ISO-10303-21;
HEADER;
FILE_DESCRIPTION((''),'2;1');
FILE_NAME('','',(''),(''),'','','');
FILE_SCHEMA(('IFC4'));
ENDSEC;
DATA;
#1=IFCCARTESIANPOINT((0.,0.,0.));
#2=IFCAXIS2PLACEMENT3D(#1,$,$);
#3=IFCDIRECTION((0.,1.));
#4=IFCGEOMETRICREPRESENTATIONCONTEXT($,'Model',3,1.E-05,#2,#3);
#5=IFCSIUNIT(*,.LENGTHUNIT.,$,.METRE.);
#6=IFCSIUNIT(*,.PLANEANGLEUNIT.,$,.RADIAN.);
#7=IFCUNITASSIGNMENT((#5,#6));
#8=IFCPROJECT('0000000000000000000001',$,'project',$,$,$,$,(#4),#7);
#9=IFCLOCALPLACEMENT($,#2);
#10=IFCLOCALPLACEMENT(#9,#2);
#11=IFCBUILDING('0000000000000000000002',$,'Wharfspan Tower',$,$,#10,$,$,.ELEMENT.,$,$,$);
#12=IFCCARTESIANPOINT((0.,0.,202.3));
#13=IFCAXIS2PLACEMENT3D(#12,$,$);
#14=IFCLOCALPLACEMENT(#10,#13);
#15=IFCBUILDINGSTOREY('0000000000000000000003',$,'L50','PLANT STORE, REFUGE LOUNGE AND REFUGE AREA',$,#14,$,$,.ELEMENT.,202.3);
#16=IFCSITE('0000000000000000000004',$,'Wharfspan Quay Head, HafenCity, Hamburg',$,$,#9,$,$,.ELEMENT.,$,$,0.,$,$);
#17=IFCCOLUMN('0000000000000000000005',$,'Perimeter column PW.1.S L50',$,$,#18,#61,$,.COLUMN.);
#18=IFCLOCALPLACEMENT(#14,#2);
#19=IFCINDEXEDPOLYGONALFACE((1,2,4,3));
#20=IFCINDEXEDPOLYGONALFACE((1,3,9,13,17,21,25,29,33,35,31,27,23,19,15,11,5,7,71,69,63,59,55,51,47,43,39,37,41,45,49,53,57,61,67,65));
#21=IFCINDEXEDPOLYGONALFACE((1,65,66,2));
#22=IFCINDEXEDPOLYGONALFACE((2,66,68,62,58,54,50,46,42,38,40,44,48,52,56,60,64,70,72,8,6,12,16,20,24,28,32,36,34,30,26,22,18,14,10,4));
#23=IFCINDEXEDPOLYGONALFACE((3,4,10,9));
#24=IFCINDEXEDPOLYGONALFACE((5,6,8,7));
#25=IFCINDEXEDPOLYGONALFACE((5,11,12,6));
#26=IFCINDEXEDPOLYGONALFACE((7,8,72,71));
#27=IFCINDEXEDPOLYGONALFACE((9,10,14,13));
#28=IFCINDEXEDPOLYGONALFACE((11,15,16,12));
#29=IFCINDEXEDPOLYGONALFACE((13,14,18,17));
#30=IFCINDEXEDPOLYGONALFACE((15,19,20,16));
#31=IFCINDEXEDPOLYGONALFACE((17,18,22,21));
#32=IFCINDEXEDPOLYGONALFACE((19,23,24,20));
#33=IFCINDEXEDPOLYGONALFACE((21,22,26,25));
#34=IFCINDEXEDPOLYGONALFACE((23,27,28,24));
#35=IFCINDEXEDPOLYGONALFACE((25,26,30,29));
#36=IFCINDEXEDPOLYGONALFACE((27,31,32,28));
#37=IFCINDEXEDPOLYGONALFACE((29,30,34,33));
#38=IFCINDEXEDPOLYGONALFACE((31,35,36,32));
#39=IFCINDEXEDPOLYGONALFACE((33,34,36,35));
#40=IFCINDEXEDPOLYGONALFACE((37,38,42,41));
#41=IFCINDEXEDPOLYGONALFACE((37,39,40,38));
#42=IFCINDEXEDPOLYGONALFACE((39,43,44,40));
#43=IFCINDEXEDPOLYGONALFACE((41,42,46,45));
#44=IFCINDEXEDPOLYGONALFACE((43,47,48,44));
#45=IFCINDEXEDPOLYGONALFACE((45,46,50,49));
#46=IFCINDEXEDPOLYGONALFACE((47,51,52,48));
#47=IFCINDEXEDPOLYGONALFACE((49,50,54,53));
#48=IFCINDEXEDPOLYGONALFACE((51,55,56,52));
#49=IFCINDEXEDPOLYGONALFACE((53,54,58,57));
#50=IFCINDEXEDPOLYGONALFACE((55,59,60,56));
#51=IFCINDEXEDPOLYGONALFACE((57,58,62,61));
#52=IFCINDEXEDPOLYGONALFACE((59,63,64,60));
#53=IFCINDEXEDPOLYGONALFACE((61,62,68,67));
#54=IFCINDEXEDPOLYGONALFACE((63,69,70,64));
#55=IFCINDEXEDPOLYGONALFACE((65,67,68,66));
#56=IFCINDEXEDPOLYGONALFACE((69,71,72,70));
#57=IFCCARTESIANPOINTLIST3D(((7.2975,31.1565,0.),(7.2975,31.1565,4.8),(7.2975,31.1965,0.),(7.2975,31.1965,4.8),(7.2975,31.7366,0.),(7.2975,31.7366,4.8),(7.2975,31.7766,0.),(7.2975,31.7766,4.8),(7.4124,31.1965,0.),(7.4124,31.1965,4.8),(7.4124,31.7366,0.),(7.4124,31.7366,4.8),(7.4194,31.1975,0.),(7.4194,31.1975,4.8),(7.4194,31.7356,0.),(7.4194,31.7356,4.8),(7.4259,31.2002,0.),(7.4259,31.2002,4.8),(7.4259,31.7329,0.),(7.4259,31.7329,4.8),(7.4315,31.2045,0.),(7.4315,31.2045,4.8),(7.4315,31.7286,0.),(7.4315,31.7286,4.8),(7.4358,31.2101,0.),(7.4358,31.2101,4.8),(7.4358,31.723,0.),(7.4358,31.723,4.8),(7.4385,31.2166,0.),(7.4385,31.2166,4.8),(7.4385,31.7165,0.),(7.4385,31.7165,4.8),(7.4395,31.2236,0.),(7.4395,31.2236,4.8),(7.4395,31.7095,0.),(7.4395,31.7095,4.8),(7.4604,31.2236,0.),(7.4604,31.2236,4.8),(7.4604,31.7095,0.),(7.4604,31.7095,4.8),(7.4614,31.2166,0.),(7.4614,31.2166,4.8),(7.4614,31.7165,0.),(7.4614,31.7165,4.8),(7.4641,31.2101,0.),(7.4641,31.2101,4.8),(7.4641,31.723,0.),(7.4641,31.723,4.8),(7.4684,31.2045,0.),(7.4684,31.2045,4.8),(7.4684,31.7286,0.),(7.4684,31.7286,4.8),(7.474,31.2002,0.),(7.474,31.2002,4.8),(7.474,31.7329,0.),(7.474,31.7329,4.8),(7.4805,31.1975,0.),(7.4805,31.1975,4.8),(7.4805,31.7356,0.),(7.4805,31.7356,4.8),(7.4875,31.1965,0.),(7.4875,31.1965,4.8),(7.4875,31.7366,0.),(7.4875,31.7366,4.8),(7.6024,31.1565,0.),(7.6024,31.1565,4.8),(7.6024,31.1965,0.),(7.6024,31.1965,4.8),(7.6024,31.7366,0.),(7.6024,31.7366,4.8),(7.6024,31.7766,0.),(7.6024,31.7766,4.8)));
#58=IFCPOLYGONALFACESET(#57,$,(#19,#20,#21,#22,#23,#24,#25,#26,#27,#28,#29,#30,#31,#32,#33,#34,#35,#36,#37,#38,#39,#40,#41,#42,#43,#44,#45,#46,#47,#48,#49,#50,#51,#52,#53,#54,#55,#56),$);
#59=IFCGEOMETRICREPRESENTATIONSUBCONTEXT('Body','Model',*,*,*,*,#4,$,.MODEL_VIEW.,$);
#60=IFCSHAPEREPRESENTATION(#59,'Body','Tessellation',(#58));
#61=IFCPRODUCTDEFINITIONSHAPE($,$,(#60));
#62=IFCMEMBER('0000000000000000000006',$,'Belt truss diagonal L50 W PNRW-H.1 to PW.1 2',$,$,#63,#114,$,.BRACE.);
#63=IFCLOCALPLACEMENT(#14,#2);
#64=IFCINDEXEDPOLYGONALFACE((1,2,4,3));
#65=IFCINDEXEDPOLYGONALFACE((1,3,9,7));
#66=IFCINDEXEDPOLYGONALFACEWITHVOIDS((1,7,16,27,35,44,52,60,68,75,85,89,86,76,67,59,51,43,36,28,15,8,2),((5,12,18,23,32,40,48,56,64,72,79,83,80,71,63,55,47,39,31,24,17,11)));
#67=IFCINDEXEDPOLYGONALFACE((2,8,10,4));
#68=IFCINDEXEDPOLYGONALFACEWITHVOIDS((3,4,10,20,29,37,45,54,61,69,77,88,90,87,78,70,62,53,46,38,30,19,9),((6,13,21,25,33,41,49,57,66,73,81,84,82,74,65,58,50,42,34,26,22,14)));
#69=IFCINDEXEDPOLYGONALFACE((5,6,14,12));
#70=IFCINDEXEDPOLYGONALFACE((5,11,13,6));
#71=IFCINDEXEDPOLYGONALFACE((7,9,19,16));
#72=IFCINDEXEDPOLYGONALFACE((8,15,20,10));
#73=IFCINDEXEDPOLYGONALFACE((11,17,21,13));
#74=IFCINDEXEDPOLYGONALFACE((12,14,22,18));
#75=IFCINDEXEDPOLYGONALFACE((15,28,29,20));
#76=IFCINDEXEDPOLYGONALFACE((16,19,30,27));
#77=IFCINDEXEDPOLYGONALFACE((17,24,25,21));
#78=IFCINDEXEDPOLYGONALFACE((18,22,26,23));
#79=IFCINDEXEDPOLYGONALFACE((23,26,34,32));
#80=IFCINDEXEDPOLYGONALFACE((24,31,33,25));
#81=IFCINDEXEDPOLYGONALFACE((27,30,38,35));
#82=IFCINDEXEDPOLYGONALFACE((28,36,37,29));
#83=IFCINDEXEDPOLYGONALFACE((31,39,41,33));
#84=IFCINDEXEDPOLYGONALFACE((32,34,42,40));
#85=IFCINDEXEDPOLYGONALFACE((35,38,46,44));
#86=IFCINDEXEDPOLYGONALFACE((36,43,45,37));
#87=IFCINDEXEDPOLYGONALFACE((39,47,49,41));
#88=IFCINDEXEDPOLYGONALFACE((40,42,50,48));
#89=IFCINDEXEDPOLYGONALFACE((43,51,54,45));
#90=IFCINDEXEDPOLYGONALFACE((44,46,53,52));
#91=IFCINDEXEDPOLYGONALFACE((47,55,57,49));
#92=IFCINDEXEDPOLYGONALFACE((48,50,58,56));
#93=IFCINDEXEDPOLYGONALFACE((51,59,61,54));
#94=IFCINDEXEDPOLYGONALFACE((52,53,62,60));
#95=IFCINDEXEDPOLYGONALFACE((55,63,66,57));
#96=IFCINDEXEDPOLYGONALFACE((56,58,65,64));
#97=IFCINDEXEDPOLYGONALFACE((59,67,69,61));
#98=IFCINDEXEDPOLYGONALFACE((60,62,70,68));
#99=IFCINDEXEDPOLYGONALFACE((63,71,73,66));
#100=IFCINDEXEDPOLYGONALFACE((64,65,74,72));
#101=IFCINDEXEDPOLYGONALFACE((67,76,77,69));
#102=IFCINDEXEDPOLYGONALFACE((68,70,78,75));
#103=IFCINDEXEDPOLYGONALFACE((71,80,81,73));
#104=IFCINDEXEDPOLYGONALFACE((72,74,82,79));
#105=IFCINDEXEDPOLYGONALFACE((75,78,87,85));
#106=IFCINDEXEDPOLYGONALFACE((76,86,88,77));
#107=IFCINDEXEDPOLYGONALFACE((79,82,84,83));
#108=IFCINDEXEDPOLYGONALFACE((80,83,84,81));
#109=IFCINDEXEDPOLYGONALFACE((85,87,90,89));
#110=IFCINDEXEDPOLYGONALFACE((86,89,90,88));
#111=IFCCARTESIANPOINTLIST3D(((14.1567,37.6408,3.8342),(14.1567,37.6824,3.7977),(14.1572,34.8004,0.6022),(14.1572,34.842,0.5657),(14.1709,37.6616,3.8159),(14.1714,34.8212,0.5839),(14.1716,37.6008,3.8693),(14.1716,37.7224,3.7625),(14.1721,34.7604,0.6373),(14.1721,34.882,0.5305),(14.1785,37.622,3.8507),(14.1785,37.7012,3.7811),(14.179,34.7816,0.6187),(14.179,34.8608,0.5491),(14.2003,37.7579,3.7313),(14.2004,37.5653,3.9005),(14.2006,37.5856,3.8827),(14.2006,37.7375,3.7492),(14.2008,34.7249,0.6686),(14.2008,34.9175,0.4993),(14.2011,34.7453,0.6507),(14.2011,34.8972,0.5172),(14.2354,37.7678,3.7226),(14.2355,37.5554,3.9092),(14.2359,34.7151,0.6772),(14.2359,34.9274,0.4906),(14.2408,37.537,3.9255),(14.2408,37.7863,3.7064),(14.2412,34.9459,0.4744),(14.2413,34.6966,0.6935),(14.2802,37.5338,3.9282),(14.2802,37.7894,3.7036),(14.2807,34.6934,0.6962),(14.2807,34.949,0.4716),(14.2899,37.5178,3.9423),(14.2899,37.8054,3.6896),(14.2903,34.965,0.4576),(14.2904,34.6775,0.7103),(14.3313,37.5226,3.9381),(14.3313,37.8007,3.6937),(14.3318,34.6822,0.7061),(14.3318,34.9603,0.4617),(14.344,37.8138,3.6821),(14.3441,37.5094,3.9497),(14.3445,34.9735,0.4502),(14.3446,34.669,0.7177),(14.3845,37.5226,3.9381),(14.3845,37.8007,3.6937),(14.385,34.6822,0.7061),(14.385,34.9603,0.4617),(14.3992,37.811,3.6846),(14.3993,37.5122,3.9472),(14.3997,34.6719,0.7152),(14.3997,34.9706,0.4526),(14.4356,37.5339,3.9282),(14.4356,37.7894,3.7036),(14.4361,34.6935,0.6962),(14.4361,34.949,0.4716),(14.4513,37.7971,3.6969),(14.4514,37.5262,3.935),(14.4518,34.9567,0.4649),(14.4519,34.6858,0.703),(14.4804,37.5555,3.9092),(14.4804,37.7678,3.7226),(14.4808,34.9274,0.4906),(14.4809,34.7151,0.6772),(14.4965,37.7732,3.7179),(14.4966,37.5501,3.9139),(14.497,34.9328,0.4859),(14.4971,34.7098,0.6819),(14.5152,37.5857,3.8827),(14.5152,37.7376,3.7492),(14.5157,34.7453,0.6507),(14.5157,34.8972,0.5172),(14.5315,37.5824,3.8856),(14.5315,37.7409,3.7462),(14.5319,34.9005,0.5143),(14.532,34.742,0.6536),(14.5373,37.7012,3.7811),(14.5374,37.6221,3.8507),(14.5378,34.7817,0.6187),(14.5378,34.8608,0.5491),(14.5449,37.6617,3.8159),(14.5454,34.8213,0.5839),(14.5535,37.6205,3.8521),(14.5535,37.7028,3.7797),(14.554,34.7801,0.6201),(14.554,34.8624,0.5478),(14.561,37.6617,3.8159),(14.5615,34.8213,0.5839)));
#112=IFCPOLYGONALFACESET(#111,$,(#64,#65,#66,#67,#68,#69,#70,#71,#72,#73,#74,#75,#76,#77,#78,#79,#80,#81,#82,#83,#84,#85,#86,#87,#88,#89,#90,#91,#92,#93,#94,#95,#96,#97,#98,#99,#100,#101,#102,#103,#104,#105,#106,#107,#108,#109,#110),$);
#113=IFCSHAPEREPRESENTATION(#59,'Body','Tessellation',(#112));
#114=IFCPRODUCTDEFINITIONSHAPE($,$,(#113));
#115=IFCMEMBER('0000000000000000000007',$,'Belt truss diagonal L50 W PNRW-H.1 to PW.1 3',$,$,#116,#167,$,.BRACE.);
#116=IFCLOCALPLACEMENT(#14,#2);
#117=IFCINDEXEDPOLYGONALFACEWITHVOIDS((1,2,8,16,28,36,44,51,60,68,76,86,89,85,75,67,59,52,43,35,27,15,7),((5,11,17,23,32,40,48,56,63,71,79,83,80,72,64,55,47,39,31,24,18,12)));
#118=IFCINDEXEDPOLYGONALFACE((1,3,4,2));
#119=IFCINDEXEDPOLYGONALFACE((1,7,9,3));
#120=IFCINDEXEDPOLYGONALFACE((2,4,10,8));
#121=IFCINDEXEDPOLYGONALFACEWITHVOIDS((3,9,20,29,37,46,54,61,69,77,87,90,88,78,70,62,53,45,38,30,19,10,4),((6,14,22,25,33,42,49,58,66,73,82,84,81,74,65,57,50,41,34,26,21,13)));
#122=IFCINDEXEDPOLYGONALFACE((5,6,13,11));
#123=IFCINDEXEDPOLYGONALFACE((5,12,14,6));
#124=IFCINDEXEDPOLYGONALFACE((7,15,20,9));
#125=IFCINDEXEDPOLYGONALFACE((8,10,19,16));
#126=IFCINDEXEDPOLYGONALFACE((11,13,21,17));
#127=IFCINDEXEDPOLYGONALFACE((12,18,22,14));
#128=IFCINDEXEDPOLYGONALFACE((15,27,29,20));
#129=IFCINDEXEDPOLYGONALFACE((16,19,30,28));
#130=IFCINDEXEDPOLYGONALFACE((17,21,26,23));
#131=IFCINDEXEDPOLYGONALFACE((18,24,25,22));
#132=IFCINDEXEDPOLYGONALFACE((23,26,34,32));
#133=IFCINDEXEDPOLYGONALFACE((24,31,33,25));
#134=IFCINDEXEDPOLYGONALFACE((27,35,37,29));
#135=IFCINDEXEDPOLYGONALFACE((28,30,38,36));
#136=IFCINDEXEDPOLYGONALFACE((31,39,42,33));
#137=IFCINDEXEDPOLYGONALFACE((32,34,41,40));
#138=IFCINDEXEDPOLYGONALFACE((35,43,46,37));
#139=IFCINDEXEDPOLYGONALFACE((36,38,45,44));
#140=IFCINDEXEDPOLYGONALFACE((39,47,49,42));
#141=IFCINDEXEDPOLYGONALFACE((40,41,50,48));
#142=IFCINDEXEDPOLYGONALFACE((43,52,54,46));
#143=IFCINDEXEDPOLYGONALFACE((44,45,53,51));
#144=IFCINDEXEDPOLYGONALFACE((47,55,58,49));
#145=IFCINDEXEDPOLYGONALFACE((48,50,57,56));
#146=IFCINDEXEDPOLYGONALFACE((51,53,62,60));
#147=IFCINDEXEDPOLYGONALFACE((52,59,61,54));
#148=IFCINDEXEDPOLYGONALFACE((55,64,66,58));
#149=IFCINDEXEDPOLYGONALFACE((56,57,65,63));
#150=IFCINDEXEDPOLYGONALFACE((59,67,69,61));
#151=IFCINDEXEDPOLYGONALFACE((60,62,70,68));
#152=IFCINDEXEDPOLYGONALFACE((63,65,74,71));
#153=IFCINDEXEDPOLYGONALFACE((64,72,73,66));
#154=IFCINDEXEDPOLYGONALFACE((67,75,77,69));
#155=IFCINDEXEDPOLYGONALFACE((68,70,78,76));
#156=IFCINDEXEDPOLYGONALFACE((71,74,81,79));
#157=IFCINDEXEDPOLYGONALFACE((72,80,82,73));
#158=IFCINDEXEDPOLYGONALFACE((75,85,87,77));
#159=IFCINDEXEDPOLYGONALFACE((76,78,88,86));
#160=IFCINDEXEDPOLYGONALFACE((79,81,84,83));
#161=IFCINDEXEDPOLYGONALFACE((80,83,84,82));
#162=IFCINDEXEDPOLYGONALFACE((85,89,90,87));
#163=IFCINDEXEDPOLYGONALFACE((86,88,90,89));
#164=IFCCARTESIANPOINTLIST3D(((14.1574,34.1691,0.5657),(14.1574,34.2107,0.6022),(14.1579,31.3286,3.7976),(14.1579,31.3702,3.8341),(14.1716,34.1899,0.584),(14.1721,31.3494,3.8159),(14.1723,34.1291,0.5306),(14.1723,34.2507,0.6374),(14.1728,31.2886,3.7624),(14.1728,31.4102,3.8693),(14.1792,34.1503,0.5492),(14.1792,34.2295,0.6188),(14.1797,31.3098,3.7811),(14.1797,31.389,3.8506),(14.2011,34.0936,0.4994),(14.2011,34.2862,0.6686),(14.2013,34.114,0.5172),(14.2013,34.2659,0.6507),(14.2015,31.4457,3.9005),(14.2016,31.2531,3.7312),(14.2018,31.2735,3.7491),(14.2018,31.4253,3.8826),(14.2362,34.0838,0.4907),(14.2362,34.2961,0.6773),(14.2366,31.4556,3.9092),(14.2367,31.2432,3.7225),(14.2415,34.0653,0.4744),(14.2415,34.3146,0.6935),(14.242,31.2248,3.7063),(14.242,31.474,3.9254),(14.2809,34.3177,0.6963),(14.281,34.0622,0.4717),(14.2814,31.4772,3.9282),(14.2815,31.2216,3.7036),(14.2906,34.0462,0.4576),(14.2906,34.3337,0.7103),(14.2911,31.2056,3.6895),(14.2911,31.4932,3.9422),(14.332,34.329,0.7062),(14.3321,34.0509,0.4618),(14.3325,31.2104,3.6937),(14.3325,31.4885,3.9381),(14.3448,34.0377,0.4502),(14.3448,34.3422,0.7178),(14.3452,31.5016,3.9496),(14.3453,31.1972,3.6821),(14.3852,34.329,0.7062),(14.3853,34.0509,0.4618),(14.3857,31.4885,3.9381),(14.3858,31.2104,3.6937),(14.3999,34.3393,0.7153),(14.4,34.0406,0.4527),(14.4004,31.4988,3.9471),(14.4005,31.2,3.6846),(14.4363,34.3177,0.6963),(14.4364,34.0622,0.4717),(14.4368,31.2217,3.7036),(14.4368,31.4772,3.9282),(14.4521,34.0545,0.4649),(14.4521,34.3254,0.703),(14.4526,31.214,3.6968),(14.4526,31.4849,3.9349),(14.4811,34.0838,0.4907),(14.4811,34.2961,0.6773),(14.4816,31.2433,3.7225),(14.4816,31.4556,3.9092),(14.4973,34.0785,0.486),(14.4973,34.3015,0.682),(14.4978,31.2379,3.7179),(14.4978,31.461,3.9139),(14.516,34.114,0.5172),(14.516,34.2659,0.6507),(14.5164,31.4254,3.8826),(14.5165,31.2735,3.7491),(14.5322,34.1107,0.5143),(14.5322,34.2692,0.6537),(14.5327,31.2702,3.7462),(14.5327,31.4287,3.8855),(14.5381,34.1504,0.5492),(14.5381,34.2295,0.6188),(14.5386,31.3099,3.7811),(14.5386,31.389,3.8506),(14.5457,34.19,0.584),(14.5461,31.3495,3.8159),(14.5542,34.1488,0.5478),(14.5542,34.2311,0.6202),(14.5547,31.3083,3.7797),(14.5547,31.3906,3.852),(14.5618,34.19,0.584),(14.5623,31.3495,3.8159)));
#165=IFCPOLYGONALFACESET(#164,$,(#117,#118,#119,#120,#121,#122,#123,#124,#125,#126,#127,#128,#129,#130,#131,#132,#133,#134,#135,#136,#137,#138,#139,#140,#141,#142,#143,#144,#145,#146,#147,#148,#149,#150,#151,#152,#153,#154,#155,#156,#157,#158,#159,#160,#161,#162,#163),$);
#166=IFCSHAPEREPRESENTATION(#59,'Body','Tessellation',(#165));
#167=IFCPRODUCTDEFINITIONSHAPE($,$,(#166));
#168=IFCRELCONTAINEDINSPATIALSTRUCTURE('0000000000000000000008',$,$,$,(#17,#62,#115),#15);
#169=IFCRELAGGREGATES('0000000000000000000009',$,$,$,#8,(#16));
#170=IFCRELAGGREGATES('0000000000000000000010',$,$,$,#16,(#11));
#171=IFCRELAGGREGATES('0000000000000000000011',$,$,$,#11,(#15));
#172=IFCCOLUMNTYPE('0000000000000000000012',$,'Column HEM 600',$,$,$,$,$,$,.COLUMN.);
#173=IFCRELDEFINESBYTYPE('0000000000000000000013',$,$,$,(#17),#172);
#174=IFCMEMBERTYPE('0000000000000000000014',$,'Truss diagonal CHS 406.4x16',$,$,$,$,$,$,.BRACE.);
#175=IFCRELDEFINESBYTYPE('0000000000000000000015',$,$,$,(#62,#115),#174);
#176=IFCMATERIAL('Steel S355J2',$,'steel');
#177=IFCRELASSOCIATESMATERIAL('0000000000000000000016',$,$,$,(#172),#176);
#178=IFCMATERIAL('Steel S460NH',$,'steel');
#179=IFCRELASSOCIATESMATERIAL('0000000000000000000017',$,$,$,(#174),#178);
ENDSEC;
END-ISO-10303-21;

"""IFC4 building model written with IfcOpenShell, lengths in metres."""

from ifc_helpers import new_model, si_unit, direction, frame, origin, origin_2d, place, context, subcontext, project, spatial, hollow_circle, i_section, extrude, material, material_profile, profile_set, type_object, element, save


model = new_model("IFC4")

# Units and contexts
model_context = context("Model", 3, precision=1e-05, world=origin(), true_north=direction((0.0, 1.0)))
body_context = subcontext(model_context, "Body", "Model", "MODEL_VIEW")
ifc_project = project(units=[si_unit("LENGTHUNIT", "METRE"), si_unit("PLANEANGLEUNIT", "RADIAN")], contexts=[model_context])

# Site, building, storey
site_placement = place(None, origin())
site = spatial("IfcSite", under=ifc_project, at=site_placement, Name="Wharfspan Quay Head, HafenCity, Hamburg", CompositionType="ELEMENT", RefElevation=0.0)
building_placement = place(site_placement, origin())
building = spatial("IfcBuilding", under=site, at=building_placement, Name="Wharfspan Tower", CompositionType="ELEMENT")
storey_placement = place(building_placement, frame((0.0, 0.0, 202.3)))
storey = spatial("IfcBuildingStorey", under=building, at=storey_placement, Name="L50", Description="PLANT STORE, REFUGE LOUNGE AND REFUGE AREA", CompositionType="ELEMENT", Elevation=202.3)

# Column
ifc_material_1 = material(Name="Steel S355J2", Category="steel")
ifc_material_profile_1 = material_profile(ifc_material_1, i_section(OverallWidth=0.3049, OverallDepth=0.6201, WebThickness=0.021, FlangeThickness=0.04, FilletRadius=0.0271, at=origin_2d()))
ifc_profile_set_1 = profile_set([ifc_material_profile_1], Name="Steel S355J2")
column_type = type_object("IfcColumnType", Name="Column HEM 600", PredefinedType="COLUMN", material=ifc_profile_set_1)
column_placement = place(storey_placement, frame((7.45, 31.4666, 0.0), z_axis=(0.0, 0.0, 1.0), x_axis=(-1.0, 0.0, 0.0)))
element("IfcColumn", 1, at=column_placement, inside=storey, type_object=column_type, Name="Perimeter column PW.1.S L50", PredefinedType="COLUMN", context=body_context, shape_type="SweptSolid", body=[
    extrude(i_section(OverallWidth=0.3049, OverallDepth=0.6201, WebThickness=0.021, FlangeThickness=0.04, FilletRadius=0.0271, at=origin_2d()), origin(), (0.0, 0.0, 1.0), 4.8),
])

# Members
ifc_material_2 = material(Name="Steel S460NH", Category="steel")
ifc_material_profile_2 = material_profile(ifc_material_2, hollow_circle(Radius=0.2031, WallThickness=0.0161, at=origin_2d()))
ifc_profile_set_2 = profile_set([ifc_material_profile_2], Name="Steel S460NH")
member_type = type_object("IfcMemberType", Name="Truss diagonal CHS 406.4x16", PredefinedType="BRACE", material=ifc_profile_set_2)
for number, where, z_axis, x_axis, name in (
    (2, (14.3579, 37.6616, 3.8159), (0.000113, -0.660134, -0.751148), (0.999996, 0.00017, 0.000001), "Belt truss diagonal L50 W PNRW-H.1 to PW.1 2"),
    (3, (14.3586, 34.1899, 0.584), (0.000113, -0.660166, 0.75112), (0.999998, 0.00017, -0.000001), "Belt truss diagonal L50 W PNRW-H.1 to PW.1 3"),
):
    element("IfcMember", number, at=place(storey_placement, frame(where, z_axis=z_axis, x_axis=x_axis)), inside=storey, type_object=member_type, Name=name, PredefinedType="BRACE", context=body_context, shape_type="SweptSolid", body=[
        extrude(hollow_circle(Radius=0.2031, WallThickness=0.0161, at=origin_2d()), origin(), (0.0, 0.0, 1.0), 4.3027),
    ])

save(model, "model.ifc")
